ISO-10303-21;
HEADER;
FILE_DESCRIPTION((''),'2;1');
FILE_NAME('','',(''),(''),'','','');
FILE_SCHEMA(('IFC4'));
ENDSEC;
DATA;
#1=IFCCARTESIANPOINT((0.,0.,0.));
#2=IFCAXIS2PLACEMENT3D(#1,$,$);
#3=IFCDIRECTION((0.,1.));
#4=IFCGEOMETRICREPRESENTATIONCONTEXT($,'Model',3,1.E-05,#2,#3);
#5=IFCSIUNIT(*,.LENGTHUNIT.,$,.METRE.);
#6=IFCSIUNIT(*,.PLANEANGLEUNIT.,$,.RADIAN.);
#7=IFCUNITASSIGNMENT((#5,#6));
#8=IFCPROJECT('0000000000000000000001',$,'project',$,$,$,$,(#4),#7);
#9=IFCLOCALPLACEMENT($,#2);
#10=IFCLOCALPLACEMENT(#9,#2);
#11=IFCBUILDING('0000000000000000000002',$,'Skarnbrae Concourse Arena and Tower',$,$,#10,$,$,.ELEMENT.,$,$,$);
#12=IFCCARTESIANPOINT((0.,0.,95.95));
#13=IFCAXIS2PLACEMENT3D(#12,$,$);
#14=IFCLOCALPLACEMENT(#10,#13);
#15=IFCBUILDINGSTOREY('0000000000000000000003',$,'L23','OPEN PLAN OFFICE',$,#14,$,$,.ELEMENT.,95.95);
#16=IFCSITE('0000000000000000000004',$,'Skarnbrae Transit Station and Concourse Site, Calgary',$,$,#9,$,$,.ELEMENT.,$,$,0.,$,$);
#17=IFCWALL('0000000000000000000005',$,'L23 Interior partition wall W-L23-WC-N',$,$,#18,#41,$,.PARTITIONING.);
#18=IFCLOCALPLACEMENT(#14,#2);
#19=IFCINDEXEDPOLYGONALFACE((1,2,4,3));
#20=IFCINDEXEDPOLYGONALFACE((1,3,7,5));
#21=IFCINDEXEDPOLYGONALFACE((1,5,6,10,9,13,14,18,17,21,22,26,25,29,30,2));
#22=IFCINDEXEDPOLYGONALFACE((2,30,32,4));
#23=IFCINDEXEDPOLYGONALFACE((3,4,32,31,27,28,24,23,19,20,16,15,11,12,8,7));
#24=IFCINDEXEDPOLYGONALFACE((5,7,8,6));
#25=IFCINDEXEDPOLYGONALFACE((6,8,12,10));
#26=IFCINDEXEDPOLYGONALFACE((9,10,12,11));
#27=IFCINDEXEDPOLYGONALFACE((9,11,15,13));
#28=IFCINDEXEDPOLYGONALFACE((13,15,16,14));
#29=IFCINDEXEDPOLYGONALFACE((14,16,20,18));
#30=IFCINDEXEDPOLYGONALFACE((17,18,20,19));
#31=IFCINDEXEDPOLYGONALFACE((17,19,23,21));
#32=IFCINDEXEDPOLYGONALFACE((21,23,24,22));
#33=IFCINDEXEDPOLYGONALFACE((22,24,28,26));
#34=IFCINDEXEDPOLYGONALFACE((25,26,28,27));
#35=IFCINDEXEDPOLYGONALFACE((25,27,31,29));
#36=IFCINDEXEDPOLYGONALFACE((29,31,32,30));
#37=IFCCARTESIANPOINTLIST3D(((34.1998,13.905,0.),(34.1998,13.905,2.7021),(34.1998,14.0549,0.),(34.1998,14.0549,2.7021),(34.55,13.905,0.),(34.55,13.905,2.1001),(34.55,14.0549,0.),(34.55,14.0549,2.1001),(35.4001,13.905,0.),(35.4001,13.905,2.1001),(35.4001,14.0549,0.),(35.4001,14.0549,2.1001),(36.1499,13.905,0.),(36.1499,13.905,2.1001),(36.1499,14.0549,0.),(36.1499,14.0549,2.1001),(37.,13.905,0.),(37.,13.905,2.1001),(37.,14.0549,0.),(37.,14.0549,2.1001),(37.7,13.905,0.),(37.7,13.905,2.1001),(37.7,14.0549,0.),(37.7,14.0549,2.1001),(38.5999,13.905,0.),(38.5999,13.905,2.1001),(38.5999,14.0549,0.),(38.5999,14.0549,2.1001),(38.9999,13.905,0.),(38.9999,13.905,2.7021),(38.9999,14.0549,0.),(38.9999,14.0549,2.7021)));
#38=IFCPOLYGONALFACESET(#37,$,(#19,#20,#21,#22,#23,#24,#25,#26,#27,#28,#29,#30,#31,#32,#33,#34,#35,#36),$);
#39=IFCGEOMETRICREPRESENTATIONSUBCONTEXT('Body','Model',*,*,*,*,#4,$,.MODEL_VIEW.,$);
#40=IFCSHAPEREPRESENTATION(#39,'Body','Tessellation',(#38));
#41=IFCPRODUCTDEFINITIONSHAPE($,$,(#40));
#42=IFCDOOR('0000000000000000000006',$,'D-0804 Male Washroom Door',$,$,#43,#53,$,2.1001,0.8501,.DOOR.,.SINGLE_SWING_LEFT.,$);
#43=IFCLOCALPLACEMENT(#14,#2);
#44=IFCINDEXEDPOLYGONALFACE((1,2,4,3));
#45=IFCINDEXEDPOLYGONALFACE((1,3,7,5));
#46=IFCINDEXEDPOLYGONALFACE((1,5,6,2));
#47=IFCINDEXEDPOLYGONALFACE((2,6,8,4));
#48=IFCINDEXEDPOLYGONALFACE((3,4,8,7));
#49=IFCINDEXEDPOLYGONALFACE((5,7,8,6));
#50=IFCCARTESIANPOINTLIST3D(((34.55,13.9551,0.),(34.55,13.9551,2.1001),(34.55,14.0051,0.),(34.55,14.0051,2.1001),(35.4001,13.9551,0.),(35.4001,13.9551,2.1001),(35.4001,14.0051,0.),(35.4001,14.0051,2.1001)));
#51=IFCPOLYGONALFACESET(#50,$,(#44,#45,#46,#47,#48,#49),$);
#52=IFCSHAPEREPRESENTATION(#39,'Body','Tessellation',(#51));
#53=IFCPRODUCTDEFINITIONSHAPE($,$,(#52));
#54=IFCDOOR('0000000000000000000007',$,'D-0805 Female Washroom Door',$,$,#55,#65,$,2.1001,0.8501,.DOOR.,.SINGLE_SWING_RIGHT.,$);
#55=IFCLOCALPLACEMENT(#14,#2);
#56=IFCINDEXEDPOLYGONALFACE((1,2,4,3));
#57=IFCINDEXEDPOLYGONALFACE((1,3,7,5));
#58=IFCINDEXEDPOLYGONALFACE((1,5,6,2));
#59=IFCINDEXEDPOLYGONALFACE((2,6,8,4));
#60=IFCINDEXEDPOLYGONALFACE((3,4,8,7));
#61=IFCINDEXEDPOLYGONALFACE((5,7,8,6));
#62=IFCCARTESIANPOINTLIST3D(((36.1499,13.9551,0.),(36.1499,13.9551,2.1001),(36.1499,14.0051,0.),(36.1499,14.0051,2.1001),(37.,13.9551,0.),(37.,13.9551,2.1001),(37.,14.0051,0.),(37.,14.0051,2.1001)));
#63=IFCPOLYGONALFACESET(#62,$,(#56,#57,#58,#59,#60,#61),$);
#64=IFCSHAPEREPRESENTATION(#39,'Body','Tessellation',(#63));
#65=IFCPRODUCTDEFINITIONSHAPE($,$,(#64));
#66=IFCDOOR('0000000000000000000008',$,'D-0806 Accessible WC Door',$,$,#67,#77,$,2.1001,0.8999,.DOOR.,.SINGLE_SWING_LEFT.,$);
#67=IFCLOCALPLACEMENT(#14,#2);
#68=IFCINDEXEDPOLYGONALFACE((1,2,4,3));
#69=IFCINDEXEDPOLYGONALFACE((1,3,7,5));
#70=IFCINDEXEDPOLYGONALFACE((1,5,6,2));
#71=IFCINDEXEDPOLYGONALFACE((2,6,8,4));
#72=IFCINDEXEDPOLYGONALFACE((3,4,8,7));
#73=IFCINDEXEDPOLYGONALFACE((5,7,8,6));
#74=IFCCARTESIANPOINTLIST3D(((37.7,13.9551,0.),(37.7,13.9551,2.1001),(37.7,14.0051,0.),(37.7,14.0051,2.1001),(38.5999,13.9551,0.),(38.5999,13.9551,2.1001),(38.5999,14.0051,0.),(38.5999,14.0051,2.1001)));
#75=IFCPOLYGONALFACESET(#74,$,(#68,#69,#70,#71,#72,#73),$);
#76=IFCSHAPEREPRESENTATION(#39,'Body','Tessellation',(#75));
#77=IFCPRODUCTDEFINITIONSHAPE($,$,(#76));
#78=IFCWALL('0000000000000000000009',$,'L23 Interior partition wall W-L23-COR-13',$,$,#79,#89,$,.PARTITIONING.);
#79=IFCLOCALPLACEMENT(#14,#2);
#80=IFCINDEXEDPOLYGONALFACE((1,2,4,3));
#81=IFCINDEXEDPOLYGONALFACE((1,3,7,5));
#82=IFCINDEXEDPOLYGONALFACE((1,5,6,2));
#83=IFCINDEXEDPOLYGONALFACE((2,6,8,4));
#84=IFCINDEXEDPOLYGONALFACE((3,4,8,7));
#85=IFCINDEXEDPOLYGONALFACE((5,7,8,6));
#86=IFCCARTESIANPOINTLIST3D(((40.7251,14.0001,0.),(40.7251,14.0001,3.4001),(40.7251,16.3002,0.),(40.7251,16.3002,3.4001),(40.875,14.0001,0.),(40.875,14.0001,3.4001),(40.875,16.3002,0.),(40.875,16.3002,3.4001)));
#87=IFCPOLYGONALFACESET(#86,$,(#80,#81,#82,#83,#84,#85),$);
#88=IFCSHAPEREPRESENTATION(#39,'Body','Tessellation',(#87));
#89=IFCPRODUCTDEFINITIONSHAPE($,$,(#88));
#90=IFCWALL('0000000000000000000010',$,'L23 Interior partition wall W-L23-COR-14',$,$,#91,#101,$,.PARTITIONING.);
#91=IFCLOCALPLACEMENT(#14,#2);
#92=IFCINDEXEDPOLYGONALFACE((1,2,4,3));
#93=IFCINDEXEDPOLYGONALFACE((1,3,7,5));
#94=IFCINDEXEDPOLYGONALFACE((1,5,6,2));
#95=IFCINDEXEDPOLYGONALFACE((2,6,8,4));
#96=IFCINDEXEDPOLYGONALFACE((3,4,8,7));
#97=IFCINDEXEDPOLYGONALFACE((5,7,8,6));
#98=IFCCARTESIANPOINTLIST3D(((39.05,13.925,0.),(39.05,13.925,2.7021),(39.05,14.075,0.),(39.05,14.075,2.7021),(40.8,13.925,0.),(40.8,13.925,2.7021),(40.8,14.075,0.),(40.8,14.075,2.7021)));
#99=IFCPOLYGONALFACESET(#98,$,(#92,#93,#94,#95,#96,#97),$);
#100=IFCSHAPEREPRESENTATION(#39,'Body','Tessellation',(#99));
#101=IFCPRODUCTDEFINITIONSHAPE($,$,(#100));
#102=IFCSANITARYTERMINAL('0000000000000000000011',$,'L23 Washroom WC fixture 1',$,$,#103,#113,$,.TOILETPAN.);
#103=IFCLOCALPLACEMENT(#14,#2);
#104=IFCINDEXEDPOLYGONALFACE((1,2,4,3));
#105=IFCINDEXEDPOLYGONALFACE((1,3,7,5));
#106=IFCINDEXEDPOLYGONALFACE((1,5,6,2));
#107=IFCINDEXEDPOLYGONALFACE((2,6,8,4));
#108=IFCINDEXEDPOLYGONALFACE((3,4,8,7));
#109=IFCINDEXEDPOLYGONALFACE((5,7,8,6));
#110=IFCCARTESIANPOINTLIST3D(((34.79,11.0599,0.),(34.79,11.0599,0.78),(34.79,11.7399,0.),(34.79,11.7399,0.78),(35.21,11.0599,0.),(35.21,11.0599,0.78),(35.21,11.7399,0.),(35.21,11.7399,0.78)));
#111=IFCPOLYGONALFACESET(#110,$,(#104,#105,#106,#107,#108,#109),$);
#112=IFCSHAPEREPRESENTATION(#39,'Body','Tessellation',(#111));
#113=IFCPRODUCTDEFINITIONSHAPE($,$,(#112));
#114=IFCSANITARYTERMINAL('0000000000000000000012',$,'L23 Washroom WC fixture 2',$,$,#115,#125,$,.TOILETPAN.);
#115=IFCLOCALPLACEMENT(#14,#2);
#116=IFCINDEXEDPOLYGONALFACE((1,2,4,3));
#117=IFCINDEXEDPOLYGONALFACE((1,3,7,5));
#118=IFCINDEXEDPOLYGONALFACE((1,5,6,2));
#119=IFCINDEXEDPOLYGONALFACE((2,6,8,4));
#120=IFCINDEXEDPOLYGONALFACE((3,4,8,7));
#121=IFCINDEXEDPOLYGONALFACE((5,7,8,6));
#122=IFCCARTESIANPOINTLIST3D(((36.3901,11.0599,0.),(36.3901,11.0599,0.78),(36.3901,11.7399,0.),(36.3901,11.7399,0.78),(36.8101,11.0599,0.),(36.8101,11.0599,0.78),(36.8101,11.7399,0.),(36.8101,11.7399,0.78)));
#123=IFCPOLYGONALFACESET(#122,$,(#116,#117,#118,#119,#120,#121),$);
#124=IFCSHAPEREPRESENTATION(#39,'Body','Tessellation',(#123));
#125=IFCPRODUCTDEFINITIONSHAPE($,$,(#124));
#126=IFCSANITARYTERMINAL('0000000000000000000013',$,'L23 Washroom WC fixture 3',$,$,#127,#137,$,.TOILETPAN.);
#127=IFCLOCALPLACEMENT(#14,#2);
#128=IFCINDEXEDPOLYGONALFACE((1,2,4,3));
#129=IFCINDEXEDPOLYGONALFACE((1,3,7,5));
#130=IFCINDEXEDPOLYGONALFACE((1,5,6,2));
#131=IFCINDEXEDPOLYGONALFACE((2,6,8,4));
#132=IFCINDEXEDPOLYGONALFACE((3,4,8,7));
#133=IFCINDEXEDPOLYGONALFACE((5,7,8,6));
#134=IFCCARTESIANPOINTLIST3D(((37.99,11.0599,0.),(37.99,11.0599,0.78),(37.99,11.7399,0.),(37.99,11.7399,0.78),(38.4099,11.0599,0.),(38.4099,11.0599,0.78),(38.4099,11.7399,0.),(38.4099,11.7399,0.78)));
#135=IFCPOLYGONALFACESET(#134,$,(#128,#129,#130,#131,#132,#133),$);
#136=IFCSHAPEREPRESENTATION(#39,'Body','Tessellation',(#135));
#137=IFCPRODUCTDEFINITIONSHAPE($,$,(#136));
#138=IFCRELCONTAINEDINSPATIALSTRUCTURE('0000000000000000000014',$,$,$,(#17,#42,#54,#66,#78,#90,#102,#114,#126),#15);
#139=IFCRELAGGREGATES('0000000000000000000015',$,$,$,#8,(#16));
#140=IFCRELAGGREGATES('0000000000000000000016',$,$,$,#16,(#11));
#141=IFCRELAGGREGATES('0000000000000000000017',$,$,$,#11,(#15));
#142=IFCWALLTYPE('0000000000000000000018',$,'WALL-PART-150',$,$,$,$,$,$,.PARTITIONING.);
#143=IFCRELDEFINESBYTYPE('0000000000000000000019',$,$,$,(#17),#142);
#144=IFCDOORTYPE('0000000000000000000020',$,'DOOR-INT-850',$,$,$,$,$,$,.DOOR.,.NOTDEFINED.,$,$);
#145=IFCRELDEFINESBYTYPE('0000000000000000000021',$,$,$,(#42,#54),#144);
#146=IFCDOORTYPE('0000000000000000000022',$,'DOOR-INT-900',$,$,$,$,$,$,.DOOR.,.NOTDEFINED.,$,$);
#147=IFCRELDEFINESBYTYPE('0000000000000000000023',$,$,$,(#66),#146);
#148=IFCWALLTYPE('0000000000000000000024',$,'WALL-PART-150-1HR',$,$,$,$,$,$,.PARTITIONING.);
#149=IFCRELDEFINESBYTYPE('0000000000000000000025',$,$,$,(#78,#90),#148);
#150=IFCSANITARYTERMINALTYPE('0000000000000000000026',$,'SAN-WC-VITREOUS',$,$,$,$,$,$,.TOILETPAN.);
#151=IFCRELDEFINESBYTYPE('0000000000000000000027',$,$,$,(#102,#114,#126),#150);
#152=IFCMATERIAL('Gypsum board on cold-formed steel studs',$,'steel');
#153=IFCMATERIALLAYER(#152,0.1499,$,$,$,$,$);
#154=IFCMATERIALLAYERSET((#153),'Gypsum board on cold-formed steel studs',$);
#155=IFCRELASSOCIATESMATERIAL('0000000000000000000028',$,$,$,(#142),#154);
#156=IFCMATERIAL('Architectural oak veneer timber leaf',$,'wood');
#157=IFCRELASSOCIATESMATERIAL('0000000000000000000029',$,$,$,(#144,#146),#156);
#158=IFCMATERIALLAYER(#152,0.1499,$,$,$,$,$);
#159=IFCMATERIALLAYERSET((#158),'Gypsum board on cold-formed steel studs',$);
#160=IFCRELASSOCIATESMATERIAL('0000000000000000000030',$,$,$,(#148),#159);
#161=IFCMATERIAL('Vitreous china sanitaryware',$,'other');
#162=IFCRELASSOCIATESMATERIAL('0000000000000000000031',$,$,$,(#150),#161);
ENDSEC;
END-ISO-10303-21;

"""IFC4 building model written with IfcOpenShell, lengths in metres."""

from ifc_helpers import new_model, si_unit, direction, frame, frame_2d, origin, origin_2d, place, context, subcontext, project, spatial, rectangle, extrude, source, transform, mapped, material, layer, layer_set, type_object, element, fill, save


model = new_model("IFC4")

# Units and contexts
model_context = context("Model", 3, precision=1e-05, world=origin(), true_north=direction((0.0, 1.0)))
body_context = subcontext(model_context, "Body", "Model", "MODEL_VIEW")
ifc_project = project(units=[si_unit("LENGTHUNIT", "METRE"), si_unit("PLANEANGLEUNIT", "RADIAN")], contexts=[model_context])

# Site, building, storey
site_placement = place(None, origin())
site = spatial("IfcSite", under=ifc_project, at=site_placement, Name="Skarnbrae Transit Station and Concourse Site, Calgary", CompositionType="ELEMENT", RefElevation=0.0)
building_placement = place(site_placement, origin())
building = spatial("IfcBuilding", under=site, at=building_placement, Name="Skarnbrae Concourse Arena and Tower", CompositionType="ELEMENT")
storey_placement = place(building_placement, frame((0.0, 0.0, 95.95)))
storey = spatial("IfcBuildingStorey", under=building, at=storey_placement, Name="L23", Description="OPEN PLAN OFFICE", CompositionType="ELEMENT", Elevation=95.95)

# Wall, openings, doors
ifc_material_1 = material(Name="Gypsum board on cold-formed steel studs", Category="steel")
ifc_layer_1 = layer(ifc_material_1, 0.1499)
ifc_layer_set_1 = layer_set([ifc_layer_1], Name="Gypsum board on cold-formed steel studs")
wall_type_1 = type_object("IfcWallType", Name="WALL-PART-150", PredefinedType="PARTITIONING", material=ifc_layer_set_1)
shared_shape_1 = source(origin(), body_context, "Body", "SweptSolid", [
    extrude(rectangle(XDim=4.8, YDim=0.1499, at=frame_2d((2.3999, 0.0))), origin(), (0.0, 0.0, 1.0), 2.7021),
])
wall_1_placement = place(storey_placement, frame((34.2, 13.98, 0.0), z_axis=(0.0, 0.0, 1.0), x_axis=(1.0, 0.0, 0.0)))
wall_1 = element("IfcWall", 1, at=wall_1_placement, inside=storey, type_object=wall_type_1, Name="L23 Interior partition wall W-L23-WC-N", PredefinedType="PARTITIONING", context=body_context, shape_type="MappedRepresentation", body=[
    mapped(shared_shape_1, transform((0.0, 0.0, 0.0))),
])
opening_1_placement = place(wall_1_placement, frame((0.3501, 0.0, 0.0)))
opening_1 = element("IfcOpeningElement", 2, at=opening_1_placement, cuts=wall_1, PredefinedType="OPENING", context=body_context, shape_type="SweptSolid", body=[
    extrude(rectangle(XDim=0.8501, YDim=2.1001, at=frame_2d((0.425, 1.05))), frame((0.0, 0.085, 0.0), z_axis=(0.0, -1.0, 0.0), x_axis=(1.0, 0.0, 0.0)), (0.0, 0.0, 1.0), 0.1699),
])
opening_2_placement = place(wall_1_placement, frame((1.95, 0.0, 0.0)))
opening_2 = element("IfcOpeningElement", 3, at=opening_2_placement, cuts=wall_1, PredefinedType="OPENING", context=body_context, shape_type="SweptSolid", body=[
    extrude(rectangle(XDim=0.8501, YDim=2.1001, at=frame_2d((0.425, 1.05))), frame((0.0, 0.085, 0.0), z_axis=(0.0, -1.0, 0.0), x_axis=(1.0, 0.0, 0.0)), (0.0, 0.0, 1.0), 0.1699),
])
opening_3_placement = place(wall_1_placement, frame((3.5, 0.0, 0.0)))
opening_3 = element("IfcOpeningElement", 4, at=opening_3_placement, cuts=wall_1, PredefinedType="OPENING", context=body_context, shape_type="SweptSolid", body=[
    extrude(rectangle(XDim=0.8999, YDim=2.1001, at=frame_2d((0.45, 1.05))), frame((0.0, 0.085, 0.0), z_axis=(0.0, -1.0, 0.0), x_axis=(1.0, 0.0, 0.0)), (0.0, 0.0, 1.0), 0.1699),
])
ifc_material_2 = material(Name="Architectural oak veneer timber leaf", Category="wood")
door_type_1 = type_object("IfcDoorType", Name="DOOR-INT-850", OperationType="NOTDEFINED", PredefinedType="DOOR", material=ifc_material_2)
shared_shape_2 = source(origin(), body_context, "Body", "SweptSolid", [
    extrude(rectangle(XDim=0.8501, YDim=2.1001, at=frame_2d((0.425, 1.05))), frame((0.0, 0.0249, 0.0), z_axis=(0.0, -1.0, 0.0), x_axis=(1.0, 0.0, 0.0)), (0.0, 0.0, 1.0), 0.05),
])
door_1_placement = place(opening_1_placement, frame((0.8501, 0.0, 0.0), z_axis=(0.0, 0.0, 1.0), x_axis=(-1.0, 0.0, 0.0)))
door_1 = element("IfcDoor", 5, at=door_1_placement, inside=storey, type_object=door_type_1, Name="D-0804 Male Washroom Door", OperationType="SINGLE_SWING_LEFT", OverallHeight=2.1001, OverallWidth=0.8501, PredefinedType="DOOR", context=body_context, shape_type="MappedRepresentation", body=[
    mapped(shared_shape_2, transform((0.0, 0.0, 0.0))),
])
fill(opening_1, door_1)
door_2_placement = place(opening_2_placement, frame((0.8501, 0.0, 0.0), z_axis=(0.0, 0.0, 1.0), x_axis=(-1.0, 0.0, 0.0)))
door_2 = element("IfcDoor", 6, at=door_2_placement, inside=storey, type_object=door_type_1, Name="D-0805 Female Washroom Door", OperationType="SINGLE_SWING_RIGHT", OverallHeight=2.1001, OverallWidth=0.8501, PredefinedType="DOOR", context=body_context, shape_type="MappedRepresentation", body=[
    mapped(shared_shape_2, transform((0.0, 0.0, 0.0))),
])
fill(opening_2, door_2)
door_type_2 = type_object("IfcDoorType", Name="DOOR-INT-900", OperationType="NOTDEFINED", PredefinedType="DOOR", material=ifc_material_2)
shared_shape_3 = source(origin(), body_context, "Body", "SweptSolid", [
    extrude(rectangle(XDim=0.8999, YDim=2.1001, at=frame_2d((0.45, 1.05))), frame((0.0, 0.0249, 0.0), z_axis=(0.0, -1.0, 0.0), x_axis=(1.0, 0.0, 0.0)), (0.0, 0.0, 1.0), 0.05),
])
door_3_placement = place(opening_3_placement, frame((0.8999, 0.0, 0.0), z_axis=(0.0, 0.0, 1.0), x_axis=(-1.0, 0.0, 0.0)))
door_3 = element("IfcDoor", 7, at=door_3_placement, inside=storey, type_object=door_type_2, Name="D-0806 Accessible WC Door", OperationType="SINGLE_SWING_LEFT", OverallHeight=2.1001, OverallWidth=0.8999, PredefinedType="DOOR", context=body_context, shape_type="MappedRepresentation", body=[
    mapped(shared_shape_3, transform((0.0, 0.0, 0.0))),
])
fill(opening_3, door_3)

# Walls
ifc_layer_2 = layer(ifc_material_1, 0.1499)
ifc_layer_set_2 = layer_set([ifc_layer_2], Name="Gypsum board on cold-formed steel studs")
wall_type_2 = type_object("IfcWallType", Name="WALL-PART-150-1HR", PredefinedType="PARTITIONING", material=ifc_layer_set_2)
shared_shape_4 = source(origin(), body_context, "Body", "SweptSolid", [
    extrude(rectangle(XDim=2.3, YDim=0.1499, at=frame_2d((1.1499, 0.0))), origin(), (0.0, 0.0, 1.0), 3.4001),
])
wall_2_placement = place(storey_placement, frame((40.8, 16.3, 0.0), z_axis=(0.0, 0.0, 1.0), x_axis=(0.0, -1.0, 0.0)))
element("IfcWall", 8, at=wall_2_placement, inside=storey, type_object=wall_type_2, Name="L23 Interior partition wall W-L23-COR-13", PredefinedType="PARTITIONING", context=body_context, shape_type="MappedRepresentation", body=[
    mapped(shared_shape_4, transform((0.0, 0.0, 0.0))),
])
shared_shape_5 = source(origin(), body_context, "Body", "SweptSolid", [
    extrude(rectangle(XDim=1.75, YDim=0.1499, at=frame_2d((0.875, 0.0))), origin(), (0.0, 0.0, 1.0), 2.7021),
])
wall_3_placement = place(storey_placement, frame((40.8, 14.0, 0.0), z_axis=(0.0, 0.0, 1.0), x_axis=(-1.0, 0.0, 0.0)))
element("IfcWall", 9, at=wall_3_placement, inside=storey, type_object=wall_type_2, Name="L23 Interior partition wall W-L23-COR-14", PredefinedType="PARTITIONING", context=body_context, shape_type="MappedRepresentation", body=[
    mapped(shared_shape_5, transform((0.0, 0.0, 0.0))),
])

# Sanitary terminals
ifc_material_3 = material(Name="Vitreous china sanitaryware", Category="other")
sanitary_terminal_type = type_object("IfcSanitaryTerminalType", Name="SAN-WC-VITREOUS", PredefinedType="TOILETPAN", material=ifc_material_3)
shared_shape_6 = source(origin(), body_context, "Body", "SweptSolid", [
    extrude(rectangle(XDim=0.4199, YDim=0.6799, at=origin_2d()), origin(), (0.0, 0.0, 1.0), 0.78),
])
for number, where, z_axis, x_axis, name in (
    (10, (35.0, 11.3999, 0.0), (0.0, 0.0, 1.0), (1.0, 0.0, 0.0), "L23 Washroom WC fixture 1"),
    (11, (36.6001, 11.3999, 0.0), (0.0, 0.0, 1.0), (1.0, 0.0, 0.0), "L23 Washroom WC fixture 2"),
    (12, (38.2, 11.3999, 0.0), (0.0, 0.0, 1.0), (1.0, 0.0, 0.0), "L23 Washroom WC fixture 3"),
):
    element("IfcSanitaryTerminal", number, at=place(storey_placement, frame(where, z_axis=z_axis, x_axis=x_axis)), inside=storey, type_object=sanitary_terminal_type, Name=name, PredefinedType="TOILETPAN", context=body_context, shape_type="MappedRepresentation", body=[
        mapped(shared_shape_6, transform((0.0, 0.0, 0.0))),
    ])

save(model, "model.ifc")
